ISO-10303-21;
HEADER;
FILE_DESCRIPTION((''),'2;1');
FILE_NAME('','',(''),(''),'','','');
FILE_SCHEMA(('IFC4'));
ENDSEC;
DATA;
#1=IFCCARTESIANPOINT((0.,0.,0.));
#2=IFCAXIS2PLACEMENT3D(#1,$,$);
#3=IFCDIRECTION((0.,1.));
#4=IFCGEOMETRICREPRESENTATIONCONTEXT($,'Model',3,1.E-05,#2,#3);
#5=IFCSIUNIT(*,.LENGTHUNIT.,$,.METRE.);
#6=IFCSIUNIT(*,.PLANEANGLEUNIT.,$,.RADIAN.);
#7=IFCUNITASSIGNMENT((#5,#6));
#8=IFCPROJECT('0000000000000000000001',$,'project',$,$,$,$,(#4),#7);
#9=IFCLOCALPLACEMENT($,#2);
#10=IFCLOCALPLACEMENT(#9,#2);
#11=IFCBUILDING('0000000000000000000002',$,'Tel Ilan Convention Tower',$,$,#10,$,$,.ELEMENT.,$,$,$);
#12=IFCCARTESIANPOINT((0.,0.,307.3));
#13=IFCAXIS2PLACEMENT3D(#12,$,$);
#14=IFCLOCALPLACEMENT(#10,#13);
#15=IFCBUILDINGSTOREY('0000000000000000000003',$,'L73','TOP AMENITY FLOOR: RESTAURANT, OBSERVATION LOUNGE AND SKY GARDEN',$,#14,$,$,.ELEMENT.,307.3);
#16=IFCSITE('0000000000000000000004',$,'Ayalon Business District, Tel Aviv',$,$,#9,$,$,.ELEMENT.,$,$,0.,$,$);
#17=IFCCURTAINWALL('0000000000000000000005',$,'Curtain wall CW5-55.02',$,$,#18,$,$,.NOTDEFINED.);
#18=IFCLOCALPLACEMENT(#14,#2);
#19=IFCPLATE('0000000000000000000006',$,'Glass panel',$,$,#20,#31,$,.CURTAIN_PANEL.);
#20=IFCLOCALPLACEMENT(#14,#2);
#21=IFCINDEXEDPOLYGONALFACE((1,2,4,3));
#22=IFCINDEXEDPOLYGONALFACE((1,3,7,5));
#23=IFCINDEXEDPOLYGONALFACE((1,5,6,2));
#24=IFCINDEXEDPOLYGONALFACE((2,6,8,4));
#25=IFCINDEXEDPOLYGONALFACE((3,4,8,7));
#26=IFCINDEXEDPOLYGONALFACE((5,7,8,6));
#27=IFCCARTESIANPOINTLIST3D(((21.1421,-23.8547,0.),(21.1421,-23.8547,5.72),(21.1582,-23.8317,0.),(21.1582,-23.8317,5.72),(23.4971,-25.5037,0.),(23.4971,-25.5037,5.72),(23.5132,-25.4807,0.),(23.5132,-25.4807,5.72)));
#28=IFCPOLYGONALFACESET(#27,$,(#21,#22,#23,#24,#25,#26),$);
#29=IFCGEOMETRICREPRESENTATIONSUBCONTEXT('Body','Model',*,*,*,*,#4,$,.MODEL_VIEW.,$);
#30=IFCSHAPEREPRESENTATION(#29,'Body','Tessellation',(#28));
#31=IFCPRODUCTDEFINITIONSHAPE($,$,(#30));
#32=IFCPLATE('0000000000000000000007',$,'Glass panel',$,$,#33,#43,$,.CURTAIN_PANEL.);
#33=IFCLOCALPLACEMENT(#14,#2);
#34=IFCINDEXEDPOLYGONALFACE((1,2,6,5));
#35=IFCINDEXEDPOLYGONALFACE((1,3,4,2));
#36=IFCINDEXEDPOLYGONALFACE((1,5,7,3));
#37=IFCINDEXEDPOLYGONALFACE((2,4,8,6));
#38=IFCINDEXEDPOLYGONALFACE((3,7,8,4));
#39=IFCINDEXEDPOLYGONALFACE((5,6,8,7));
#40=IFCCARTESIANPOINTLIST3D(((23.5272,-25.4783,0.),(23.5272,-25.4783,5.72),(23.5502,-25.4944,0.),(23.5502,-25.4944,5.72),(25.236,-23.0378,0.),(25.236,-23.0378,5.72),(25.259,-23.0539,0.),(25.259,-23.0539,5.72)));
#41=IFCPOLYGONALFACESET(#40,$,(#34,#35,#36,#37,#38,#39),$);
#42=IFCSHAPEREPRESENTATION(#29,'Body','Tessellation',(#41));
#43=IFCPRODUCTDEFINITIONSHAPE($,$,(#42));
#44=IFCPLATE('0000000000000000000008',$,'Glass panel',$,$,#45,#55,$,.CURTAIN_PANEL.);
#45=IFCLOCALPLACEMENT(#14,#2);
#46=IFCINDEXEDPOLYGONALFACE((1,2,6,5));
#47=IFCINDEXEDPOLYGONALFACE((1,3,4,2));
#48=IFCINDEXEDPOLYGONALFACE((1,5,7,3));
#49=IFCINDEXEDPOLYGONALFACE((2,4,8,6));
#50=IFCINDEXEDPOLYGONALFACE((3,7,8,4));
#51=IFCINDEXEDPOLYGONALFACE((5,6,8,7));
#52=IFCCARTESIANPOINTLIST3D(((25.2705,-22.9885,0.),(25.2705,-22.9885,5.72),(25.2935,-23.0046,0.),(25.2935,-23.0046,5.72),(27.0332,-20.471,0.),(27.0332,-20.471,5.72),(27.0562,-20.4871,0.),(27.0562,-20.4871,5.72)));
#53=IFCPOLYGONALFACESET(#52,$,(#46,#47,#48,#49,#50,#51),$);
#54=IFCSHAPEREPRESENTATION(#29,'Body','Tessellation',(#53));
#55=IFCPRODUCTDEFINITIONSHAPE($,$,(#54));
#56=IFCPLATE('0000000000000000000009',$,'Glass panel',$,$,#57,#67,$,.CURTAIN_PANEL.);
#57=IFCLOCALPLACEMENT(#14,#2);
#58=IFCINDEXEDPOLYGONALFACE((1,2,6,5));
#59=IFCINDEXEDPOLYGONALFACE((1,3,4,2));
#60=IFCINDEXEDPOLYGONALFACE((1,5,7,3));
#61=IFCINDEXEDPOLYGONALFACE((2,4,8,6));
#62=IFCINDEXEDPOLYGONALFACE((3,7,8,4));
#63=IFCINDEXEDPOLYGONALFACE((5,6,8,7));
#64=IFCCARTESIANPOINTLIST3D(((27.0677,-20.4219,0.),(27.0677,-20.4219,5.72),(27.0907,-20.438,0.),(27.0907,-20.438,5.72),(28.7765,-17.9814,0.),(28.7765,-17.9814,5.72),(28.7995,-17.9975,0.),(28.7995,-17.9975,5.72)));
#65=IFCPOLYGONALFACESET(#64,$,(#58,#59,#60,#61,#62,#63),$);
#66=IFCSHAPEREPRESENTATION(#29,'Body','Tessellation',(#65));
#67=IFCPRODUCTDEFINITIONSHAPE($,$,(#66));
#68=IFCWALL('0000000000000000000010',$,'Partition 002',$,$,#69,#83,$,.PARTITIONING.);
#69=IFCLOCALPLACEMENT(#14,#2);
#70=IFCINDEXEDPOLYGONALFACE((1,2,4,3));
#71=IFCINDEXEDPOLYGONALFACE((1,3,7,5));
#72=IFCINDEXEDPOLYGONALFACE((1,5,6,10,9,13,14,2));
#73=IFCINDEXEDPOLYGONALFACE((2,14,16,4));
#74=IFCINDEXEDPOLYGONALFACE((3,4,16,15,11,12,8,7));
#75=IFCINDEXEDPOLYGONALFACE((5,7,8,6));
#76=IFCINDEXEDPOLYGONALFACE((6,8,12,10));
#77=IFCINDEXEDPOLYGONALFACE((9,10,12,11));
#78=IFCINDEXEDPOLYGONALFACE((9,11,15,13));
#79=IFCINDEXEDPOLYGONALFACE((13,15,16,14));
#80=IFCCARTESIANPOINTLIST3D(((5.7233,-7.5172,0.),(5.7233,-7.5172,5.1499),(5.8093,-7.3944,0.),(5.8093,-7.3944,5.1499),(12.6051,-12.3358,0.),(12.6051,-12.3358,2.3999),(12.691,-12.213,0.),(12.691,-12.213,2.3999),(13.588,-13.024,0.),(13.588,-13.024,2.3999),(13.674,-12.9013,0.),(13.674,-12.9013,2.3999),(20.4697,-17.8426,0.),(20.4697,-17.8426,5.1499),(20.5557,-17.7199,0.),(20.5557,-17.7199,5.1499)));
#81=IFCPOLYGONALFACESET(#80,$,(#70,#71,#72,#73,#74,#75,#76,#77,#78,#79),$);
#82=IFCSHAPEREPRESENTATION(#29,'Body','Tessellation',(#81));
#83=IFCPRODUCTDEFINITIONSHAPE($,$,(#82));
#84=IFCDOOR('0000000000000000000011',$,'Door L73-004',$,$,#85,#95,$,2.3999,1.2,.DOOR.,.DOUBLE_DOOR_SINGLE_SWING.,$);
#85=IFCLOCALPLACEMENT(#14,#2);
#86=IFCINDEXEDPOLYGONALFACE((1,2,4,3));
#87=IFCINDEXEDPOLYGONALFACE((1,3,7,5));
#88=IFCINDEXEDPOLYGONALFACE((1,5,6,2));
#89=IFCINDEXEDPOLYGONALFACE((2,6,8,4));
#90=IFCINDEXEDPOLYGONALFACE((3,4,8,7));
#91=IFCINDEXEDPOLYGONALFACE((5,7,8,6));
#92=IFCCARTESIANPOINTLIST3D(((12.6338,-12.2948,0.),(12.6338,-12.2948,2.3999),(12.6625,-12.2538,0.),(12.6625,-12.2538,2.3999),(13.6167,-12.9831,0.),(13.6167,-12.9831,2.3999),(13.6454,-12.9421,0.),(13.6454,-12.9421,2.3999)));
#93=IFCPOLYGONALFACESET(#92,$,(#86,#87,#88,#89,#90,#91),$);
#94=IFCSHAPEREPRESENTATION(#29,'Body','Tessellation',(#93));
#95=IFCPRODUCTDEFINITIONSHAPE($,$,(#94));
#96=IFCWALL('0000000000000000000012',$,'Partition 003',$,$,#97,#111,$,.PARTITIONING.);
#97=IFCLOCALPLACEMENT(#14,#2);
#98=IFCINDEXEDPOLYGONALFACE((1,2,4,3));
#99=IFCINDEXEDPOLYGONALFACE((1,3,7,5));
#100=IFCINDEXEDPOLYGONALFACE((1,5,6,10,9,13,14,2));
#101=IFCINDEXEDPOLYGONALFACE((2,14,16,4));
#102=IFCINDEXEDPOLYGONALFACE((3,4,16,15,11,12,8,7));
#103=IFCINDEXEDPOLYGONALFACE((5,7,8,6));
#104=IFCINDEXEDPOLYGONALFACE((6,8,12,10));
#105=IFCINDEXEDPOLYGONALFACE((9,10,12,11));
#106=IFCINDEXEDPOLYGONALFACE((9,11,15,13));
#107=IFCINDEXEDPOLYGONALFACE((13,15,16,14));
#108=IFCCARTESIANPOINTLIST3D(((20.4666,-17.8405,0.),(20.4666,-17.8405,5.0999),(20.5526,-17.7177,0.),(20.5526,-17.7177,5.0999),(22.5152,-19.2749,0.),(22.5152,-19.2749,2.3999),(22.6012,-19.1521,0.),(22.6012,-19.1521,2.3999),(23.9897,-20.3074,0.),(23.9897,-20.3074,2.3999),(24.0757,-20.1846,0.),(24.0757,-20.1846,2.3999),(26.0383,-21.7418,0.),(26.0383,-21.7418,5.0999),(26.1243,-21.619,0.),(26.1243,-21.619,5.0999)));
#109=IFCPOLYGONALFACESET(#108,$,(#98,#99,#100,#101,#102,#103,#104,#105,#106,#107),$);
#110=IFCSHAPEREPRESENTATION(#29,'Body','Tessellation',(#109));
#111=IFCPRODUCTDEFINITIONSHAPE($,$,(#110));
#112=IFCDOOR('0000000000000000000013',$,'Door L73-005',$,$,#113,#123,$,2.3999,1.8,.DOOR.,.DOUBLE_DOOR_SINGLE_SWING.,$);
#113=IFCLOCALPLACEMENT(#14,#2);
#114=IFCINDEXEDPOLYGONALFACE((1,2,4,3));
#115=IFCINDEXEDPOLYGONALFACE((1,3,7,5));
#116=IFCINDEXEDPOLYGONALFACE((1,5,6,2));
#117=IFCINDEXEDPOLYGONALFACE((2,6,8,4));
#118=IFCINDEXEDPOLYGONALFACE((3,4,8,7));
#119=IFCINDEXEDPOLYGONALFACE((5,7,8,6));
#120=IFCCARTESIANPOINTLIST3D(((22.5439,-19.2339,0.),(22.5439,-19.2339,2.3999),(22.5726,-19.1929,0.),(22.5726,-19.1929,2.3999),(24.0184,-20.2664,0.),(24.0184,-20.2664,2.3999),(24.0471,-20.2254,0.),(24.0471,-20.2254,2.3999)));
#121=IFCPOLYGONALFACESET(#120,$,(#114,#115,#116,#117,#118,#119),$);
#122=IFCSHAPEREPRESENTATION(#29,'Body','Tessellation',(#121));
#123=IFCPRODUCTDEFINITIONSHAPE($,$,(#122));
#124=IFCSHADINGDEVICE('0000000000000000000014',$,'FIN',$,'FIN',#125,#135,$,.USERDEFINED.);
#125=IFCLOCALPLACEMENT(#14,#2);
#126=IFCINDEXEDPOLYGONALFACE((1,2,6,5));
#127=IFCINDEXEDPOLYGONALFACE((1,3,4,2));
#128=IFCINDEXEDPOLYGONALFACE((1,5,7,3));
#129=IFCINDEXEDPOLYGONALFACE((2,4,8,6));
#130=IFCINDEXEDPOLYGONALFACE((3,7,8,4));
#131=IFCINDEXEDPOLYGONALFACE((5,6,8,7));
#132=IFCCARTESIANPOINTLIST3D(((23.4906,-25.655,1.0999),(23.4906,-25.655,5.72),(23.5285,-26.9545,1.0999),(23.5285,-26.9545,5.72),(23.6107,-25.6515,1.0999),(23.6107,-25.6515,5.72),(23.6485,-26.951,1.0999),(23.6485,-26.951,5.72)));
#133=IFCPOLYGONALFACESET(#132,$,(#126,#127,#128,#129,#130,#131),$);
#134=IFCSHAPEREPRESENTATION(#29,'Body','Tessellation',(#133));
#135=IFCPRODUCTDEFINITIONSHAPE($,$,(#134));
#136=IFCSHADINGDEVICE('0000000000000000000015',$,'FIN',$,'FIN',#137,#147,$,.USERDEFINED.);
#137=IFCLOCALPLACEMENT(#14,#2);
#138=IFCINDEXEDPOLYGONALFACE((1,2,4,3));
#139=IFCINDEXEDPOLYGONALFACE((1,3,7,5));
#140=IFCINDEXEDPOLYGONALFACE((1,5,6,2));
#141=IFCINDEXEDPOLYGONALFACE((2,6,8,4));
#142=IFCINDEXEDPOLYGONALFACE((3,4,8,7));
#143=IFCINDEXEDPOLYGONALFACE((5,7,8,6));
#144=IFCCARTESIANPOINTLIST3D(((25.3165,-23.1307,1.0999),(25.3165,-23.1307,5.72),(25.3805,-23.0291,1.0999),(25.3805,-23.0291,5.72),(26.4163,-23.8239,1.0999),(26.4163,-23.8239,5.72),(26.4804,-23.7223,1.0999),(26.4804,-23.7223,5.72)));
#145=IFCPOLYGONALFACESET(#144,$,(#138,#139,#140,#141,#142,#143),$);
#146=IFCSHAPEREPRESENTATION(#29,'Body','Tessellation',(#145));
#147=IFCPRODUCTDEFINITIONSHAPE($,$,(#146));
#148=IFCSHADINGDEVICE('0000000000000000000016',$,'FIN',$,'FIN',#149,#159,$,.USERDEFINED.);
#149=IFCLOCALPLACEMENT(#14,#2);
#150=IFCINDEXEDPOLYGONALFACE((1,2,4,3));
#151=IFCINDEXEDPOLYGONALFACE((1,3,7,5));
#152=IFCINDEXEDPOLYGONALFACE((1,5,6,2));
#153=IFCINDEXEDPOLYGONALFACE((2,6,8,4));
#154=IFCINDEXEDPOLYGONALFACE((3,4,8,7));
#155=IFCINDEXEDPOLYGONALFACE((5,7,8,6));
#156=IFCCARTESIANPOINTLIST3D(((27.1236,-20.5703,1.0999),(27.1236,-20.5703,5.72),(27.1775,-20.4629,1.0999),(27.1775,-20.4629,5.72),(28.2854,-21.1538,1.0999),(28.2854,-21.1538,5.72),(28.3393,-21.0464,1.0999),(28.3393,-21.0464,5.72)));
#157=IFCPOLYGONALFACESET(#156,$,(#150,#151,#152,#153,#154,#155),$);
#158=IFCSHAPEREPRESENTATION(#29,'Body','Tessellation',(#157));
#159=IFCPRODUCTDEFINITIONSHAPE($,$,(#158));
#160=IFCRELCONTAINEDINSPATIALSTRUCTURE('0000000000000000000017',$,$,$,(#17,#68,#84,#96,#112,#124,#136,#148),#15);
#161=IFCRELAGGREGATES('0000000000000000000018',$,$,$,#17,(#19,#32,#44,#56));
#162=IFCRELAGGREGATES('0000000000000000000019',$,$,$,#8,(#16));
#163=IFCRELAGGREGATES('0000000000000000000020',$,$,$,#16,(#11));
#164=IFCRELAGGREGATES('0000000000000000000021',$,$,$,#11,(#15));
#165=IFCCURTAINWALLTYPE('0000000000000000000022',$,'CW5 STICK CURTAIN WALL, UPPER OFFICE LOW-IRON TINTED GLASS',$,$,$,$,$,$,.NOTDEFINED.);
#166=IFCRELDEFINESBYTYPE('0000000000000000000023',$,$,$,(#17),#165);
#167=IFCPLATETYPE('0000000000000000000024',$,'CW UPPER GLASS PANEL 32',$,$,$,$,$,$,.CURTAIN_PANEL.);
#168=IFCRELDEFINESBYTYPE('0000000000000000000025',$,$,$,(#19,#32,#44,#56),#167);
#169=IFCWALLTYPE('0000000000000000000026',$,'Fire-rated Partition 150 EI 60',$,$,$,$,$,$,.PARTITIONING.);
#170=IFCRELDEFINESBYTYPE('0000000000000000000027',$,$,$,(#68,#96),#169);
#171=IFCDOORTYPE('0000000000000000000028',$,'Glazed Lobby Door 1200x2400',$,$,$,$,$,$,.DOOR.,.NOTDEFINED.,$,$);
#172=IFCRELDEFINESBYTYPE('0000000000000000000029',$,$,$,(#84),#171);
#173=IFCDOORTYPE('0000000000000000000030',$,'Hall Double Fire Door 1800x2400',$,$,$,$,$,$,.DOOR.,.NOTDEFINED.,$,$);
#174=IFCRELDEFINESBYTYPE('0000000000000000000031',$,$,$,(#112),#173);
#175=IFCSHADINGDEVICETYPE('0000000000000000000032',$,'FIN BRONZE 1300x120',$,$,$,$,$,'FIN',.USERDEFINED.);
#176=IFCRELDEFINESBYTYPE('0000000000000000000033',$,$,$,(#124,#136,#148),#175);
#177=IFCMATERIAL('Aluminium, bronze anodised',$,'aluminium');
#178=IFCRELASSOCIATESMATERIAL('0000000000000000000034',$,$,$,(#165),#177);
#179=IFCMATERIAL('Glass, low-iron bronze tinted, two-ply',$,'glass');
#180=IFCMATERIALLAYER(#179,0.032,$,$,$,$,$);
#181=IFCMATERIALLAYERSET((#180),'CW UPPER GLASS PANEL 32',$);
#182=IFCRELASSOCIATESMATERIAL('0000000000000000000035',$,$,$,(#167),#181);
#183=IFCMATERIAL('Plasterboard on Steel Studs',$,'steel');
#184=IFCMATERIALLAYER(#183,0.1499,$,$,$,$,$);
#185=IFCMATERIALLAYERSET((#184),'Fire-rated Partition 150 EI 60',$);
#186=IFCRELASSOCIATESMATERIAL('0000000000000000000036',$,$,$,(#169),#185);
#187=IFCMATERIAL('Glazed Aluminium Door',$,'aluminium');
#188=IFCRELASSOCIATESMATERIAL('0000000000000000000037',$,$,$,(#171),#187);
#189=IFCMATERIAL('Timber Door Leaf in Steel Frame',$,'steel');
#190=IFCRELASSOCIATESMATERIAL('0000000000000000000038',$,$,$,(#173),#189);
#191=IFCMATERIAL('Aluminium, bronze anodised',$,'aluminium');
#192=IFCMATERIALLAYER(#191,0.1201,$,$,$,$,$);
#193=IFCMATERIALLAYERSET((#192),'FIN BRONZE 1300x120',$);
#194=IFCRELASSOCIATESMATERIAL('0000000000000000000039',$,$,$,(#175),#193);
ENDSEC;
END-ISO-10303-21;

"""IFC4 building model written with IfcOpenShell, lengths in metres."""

from ifc_helpers import new_model, si_unit, direction, frame, frame_2d, origin, origin_2d, place, context, subcontext, project, spatial, rectangle, extrude, material, layer, layer_set, type_object, element, fill, aggregate, save


model = new_model("IFC4")

# Units and contexts
model_context = context("Model", 3, precision=1e-05, world=origin(), true_north=direction((0.0, 1.0)))
body_context = subcontext(model_context, "Body", "Model", "MODEL_VIEW")
ifc_project = project(units=[si_unit("LENGTHUNIT", "METRE"), si_unit("PLANEANGLEUNIT", "RADIAN")], contexts=[model_context])

# Site, building, storey
site_placement = place(None, origin())
site = spatial("IfcSite", under=ifc_project, at=site_placement, Name="Ayalon Business District, Tel Aviv", CompositionType="ELEMENT", RefElevation=0.0)
building_placement = place(site_placement, origin())
building = spatial("IfcBuilding", under=site, at=building_placement, Name="Tel Ilan Convention Tower", CompositionType="ELEMENT")
storey_placement = place(building_placement, frame((0.0, 0.0, 307.3)))
storey = spatial("IfcBuildingStorey", under=building, at=storey_placement, Name="L73", Description="TOP AMENITY FLOOR: RESTAURANT, OBSERVATION LOUNGE AND SKY GARDEN", CompositionType="ELEMENT", Elevation=307.3)

# Curtain wall, plates
ifc_material_1 = material(Name="Aluminium, bronze anodised", Category="aluminium")
curtain_wall_type = type_object("IfcCurtainWallType", Name="CW5 STICK CURTAIN WALL, UPPER OFFICE LOW-IRON TINTED GLASS", PredefinedType="NOTDEFINED", material=ifc_material_1)
curtain_wall_placement = place(storey_placement, origin())
curtain_wall = element("IfcCurtainWall", 1, at=curtain_wall_placement, inside=storey, type_object=curtain_wall_type, Name="Curtain wall CW5-55.02", PredefinedType="NOTDEFINED")
ifc_material_2 = material(Name="Glass, low-iron bronze tinted, two-ply", Category="glass")
ifc_layer_1 = layer(ifc_material_2, 0.032)
ifc_layer_set_1 = layer_set([ifc_layer_1], Name="CW UPPER GLASS PANEL 32")
plate_type = type_object("IfcPlateType", Name="CW UPPER GLASS PANEL 32", PredefinedType="CURTAIN_PANEL", material=ifc_layer_set_1)
plate_1_placement = place(storey_placement, frame((22.3276, -24.6677, 0.0), z_axis=(0.0, 0.0, 1.0), x_axis=(0.819152, -0.573576, 0.0)))
plate_1 = element("IfcPlate", 2, at=plate_1_placement, type_object=plate_type, Name="Glass panel", PredefinedType="CURTAIN_PANEL", context=body_context, shape_type="SweptSolid", body=[
    extrude(rectangle(XDim=2.875, YDim=0.0281, at=origin_2d()), origin(), (0.0, 0.0, 1.0), 5.72),
])
plate_2_placement = place(storey_placement, frame((24.3931, -24.2661, 0.0), z_axis=(0.0, 0.0, 1.0), x_axis=(0.573576, 0.819152, 0.0)))
plate_2 = element("IfcPlate", 3, at=plate_2_placement, type_object=plate_type, Name="Glass panel", PredefinedType="CURTAIN_PANEL", context=body_context, shape_type="SweptSolid", body=[
    extrude(rectangle(XDim=2.9792, YDim=0.0281, at=origin_2d()), origin(), (0.0, 0.0, 1.0), 5.72),
])
plate_3_placement = place(storey_placement, frame((26.1633, -21.7378, 0.0), z_axis=(0.0, 0.0, 1.0), x_axis=(0.573576, 0.819152, 0.0)))
plate_3 = element("IfcPlate", 4, at=plate_3_placement, type_object=plate_type, Name="Glass panel", PredefinedType="CURTAIN_PANEL", context=body_context, shape_type="SweptSolid", body=[
    extrude(rectangle(XDim=3.0732, YDim=0.0281, at=origin_2d()), origin(), (0.0, 0.0, 1.0), 5.72),
])
plate_4_placement = place(storey_placement, frame((27.9336, -19.2097, 0.0), z_axis=(0.0, 0.0, 1.0), x_axis=(0.573576, 0.819152, 0.0)))
plate_4 = element("IfcPlate", 5, at=plate_4_placement, type_object=plate_type, Name="Glass panel", PredefinedType="CURTAIN_PANEL", context=body_context, shape_type="SweptSolid", body=[
    extrude(rectangle(XDim=2.9792, YDim=0.0281, at=origin_2d()), origin(), (0.0, 0.0, 1.0), 5.72),
])
aggregate(curtain_wall, [plate_1, plate_2, plate_3, plate_4])

# Walls, openings, doors
ifc_material_3 = material(Name="Plasterboard on Steel Studs", Category="steel")
ifc_layer_2 = layer(ifc_material_3, 0.1499)
ifc_layer_set_2 = layer_set([ifc_layer_2], Name="Fire-rated Partition 150 EI 60")
wall_type = type_object("IfcWallType", Name="Fire-rated Partition 150 EI 60", PredefinedType="PARTITIONING", material=ifc_layer_set_2)
wall_1_placement = place(storey_placement, frame((20.5127, -17.7812, 0.0), z_axis=(0.0, 0.0, 1.0), x_axis=(-0.819154, 0.573574, 0.0)))
wall_1 = element("IfcWall", 6, at=wall_1_placement, inside=storey, type_object=wall_type, Name="Partition 002", PredefinedType="PARTITIONING", context=body_context, shape_type="SweptSolid", body=[
    extrude(rectangle(XDim=18.002, YDim=0.1499, at=frame_2d((9.001, 0.0))), origin(), (0.0, 0.0, 1.0), 5.1499),
])
opening_1_placement = place(wall_1_placement, frame((8.4009, 0.0, 0.0)))
opening_1 = element("IfcOpeningElement", 7, at=opening_1_placement, cuts=wall_1, PredefinedType="OPENING", context=body_context, shape_type="SweptSolid", body=[
    extrude(rectangle(XDim=1.2, YDim=2.3999, at=frame_2d((0.6001, 1.2))), frame((0.0, 0.085, 0.0), z_axis=(0.0, -1.0, 0.0), x_axis=(1.0, 0.0, 0.0)), (0.0, 0.0, 1.0), 0.1699),
])
ifc_material_4 = material(Name="Glazed Aluminium Door", Category="aluminium")
door_type_1 = type_object("IfcDoorType", Name="Glazed Lobby Door 1200x2400", OperationType="NOTDEFINED", PredefinedType="DOOR", material=ifc_material_4)
door_1_placement = place(opening_1_placement, origin())
door_1 = element("IfcDoor", 8, at=door_1_placement, inside=storey, type_object=door_type_1, Name="Door L73-004", OperationType="DOUBLE_DOOR_SINGLE_SWING", OverallHeight=2.3999, OverallWidth=1.2, PredefinedType="DOOR", context=body_context, shape_type="SweptSolid", body=[
    extrude(rectangle(XDim=1.2, YDim=2.3999, at=frame_2d((0.6001, 1.2))), frame((0.0, 0.0249, 0.0), z_axis=(0.0, -1.0, 0.0), x_axis=(1.0, 0.0, 0.0)), (0.0, 0.0, 1.0), 0.05),
])
fill(opening_1, door_1)
wall_2_placement = place(storey_placement, frame((26.0813, -21.6804, 0.0), z_axis=(0.0, 0.0, 1.0), x_axis=(-0.819154, 0.573573, 0.0)))
wall_2 = element("IfcWall", 9, at=wall_2_placement, inside=storey, type_object=wall_type, Name="Partition 003", PredefinedType="PARTITIONING", context=body_context, shape_type="SweptSolid", body=[
    extrude(rectangle(XDim=6.8018, YDim=0.1499, at=frame_2d((3.4009, 0.0))), origin(), (0.0, 0.0, 1.0), 5.0999),
])
opening_2_placement = place(wall_2_placement, frame((2.501, 0.0, 0.0)))
opening_2 = element("IfcOpeningElement", 10, at=opening_2_placement, cuts=wall_2, PredefinedType="OPENING", context=body_context, shape_type="SweptSolid", body=[
    extrude(rectangle(XDim=1.8, YDim=2.3999, at=frame_2d((0.8999, 1.2))), frame((0.0, 0.085, 0.0), z_axis=(0.0, -1.0, 0.0), x_axis=(1.0, 0.0, 0.0)), (0.0, 0.0, 1.0), 0.1699),
])
ifc_material_5 = material(Name="Timber Door Leaf in Steel Frame", Category="steel")
door_type_2 = type_object("IfcDoorType", Name="Hall Double Fire Door 1800x2400", OperationType="NOTDEFINED", PredefinedType="DOOR", material=ifc_material_5)
door_2_placement = place(opening_2_placement, origin())
door_2 = element("IfcDoor", 11, at=door_2_placement, inside=storey, type_object=door_type_2, Name="Door L73-005", OperationType="DOUBLE_DOOR_SINGLE_SWING", OverallHeight=2.3999, OverallWidth=1.8, PredefinedType="DOOR", context=body_context, shape_type="SweptSolid", body=[
    extrude(rectangle(XDim=1.8, YDim=2.3999, at=frame_2d((0.8999, 1.2))), frame((0.0, 0.0249, 0.0), z_axis=(0.0, -1.0, 0.0), x_axis=(1.0, 0.0, 0.0)), (0.0, 0.0, 1.0), 0.05),
])
fill(opening_2, door_2)

# Shading devices
ifc_material_6 = material(Name="Aluminium, bronze anodised", Category="aluminium")
ifc_layer_3 = layer(ifc_material_6, 0.1201)
ifc_layer_set_3 = layer_set([ifc_layer_3], Name="FIN BRONZE 1300x120")
shading_device_type = type_object("IfcShadingDeviceType", Name="FIN BRONZE 1300x120", ElementType="FIN", PredefinedType="USERDEFINED", material=ifc_layer_set_3)
for number, where, z_axis, x_axis, name in (
    (12, (23.5696, -26.303, 1.0999), (0.0, 0.0, 1.0), (0.029085, -0.999577, 0.0), "FIN"),
    (13, (25.8984, -23.4265, 1.0999), (0.0, 0.0, 1.0), (0.845986, -0.533204, 0.0), "FIN"),
    (14, (27.7314, -20.8083, 1.0999), (0.0, 0.0, 1.0), (0.893633, -0.448799, 0.0), "FIN"),
):
    element("IfcShadingDevice", number, at=place(storey_placement, frame(where, z_axis=z_axis, x_axis=x_axis)), inside=storey, type_object=shading_device_type, Name=name, ObjectType="FIN", PredefinedType="USERDEFINED", context=body_context, shape_type="SweptSolid", body=[
        extrude(rectangle(XDim=1.3, YDim=0.1201, at=origin_2d()), origin(), (0.0, 0.0, 1.0), 4.6201),
    ])

save(model, "model.ifc")
